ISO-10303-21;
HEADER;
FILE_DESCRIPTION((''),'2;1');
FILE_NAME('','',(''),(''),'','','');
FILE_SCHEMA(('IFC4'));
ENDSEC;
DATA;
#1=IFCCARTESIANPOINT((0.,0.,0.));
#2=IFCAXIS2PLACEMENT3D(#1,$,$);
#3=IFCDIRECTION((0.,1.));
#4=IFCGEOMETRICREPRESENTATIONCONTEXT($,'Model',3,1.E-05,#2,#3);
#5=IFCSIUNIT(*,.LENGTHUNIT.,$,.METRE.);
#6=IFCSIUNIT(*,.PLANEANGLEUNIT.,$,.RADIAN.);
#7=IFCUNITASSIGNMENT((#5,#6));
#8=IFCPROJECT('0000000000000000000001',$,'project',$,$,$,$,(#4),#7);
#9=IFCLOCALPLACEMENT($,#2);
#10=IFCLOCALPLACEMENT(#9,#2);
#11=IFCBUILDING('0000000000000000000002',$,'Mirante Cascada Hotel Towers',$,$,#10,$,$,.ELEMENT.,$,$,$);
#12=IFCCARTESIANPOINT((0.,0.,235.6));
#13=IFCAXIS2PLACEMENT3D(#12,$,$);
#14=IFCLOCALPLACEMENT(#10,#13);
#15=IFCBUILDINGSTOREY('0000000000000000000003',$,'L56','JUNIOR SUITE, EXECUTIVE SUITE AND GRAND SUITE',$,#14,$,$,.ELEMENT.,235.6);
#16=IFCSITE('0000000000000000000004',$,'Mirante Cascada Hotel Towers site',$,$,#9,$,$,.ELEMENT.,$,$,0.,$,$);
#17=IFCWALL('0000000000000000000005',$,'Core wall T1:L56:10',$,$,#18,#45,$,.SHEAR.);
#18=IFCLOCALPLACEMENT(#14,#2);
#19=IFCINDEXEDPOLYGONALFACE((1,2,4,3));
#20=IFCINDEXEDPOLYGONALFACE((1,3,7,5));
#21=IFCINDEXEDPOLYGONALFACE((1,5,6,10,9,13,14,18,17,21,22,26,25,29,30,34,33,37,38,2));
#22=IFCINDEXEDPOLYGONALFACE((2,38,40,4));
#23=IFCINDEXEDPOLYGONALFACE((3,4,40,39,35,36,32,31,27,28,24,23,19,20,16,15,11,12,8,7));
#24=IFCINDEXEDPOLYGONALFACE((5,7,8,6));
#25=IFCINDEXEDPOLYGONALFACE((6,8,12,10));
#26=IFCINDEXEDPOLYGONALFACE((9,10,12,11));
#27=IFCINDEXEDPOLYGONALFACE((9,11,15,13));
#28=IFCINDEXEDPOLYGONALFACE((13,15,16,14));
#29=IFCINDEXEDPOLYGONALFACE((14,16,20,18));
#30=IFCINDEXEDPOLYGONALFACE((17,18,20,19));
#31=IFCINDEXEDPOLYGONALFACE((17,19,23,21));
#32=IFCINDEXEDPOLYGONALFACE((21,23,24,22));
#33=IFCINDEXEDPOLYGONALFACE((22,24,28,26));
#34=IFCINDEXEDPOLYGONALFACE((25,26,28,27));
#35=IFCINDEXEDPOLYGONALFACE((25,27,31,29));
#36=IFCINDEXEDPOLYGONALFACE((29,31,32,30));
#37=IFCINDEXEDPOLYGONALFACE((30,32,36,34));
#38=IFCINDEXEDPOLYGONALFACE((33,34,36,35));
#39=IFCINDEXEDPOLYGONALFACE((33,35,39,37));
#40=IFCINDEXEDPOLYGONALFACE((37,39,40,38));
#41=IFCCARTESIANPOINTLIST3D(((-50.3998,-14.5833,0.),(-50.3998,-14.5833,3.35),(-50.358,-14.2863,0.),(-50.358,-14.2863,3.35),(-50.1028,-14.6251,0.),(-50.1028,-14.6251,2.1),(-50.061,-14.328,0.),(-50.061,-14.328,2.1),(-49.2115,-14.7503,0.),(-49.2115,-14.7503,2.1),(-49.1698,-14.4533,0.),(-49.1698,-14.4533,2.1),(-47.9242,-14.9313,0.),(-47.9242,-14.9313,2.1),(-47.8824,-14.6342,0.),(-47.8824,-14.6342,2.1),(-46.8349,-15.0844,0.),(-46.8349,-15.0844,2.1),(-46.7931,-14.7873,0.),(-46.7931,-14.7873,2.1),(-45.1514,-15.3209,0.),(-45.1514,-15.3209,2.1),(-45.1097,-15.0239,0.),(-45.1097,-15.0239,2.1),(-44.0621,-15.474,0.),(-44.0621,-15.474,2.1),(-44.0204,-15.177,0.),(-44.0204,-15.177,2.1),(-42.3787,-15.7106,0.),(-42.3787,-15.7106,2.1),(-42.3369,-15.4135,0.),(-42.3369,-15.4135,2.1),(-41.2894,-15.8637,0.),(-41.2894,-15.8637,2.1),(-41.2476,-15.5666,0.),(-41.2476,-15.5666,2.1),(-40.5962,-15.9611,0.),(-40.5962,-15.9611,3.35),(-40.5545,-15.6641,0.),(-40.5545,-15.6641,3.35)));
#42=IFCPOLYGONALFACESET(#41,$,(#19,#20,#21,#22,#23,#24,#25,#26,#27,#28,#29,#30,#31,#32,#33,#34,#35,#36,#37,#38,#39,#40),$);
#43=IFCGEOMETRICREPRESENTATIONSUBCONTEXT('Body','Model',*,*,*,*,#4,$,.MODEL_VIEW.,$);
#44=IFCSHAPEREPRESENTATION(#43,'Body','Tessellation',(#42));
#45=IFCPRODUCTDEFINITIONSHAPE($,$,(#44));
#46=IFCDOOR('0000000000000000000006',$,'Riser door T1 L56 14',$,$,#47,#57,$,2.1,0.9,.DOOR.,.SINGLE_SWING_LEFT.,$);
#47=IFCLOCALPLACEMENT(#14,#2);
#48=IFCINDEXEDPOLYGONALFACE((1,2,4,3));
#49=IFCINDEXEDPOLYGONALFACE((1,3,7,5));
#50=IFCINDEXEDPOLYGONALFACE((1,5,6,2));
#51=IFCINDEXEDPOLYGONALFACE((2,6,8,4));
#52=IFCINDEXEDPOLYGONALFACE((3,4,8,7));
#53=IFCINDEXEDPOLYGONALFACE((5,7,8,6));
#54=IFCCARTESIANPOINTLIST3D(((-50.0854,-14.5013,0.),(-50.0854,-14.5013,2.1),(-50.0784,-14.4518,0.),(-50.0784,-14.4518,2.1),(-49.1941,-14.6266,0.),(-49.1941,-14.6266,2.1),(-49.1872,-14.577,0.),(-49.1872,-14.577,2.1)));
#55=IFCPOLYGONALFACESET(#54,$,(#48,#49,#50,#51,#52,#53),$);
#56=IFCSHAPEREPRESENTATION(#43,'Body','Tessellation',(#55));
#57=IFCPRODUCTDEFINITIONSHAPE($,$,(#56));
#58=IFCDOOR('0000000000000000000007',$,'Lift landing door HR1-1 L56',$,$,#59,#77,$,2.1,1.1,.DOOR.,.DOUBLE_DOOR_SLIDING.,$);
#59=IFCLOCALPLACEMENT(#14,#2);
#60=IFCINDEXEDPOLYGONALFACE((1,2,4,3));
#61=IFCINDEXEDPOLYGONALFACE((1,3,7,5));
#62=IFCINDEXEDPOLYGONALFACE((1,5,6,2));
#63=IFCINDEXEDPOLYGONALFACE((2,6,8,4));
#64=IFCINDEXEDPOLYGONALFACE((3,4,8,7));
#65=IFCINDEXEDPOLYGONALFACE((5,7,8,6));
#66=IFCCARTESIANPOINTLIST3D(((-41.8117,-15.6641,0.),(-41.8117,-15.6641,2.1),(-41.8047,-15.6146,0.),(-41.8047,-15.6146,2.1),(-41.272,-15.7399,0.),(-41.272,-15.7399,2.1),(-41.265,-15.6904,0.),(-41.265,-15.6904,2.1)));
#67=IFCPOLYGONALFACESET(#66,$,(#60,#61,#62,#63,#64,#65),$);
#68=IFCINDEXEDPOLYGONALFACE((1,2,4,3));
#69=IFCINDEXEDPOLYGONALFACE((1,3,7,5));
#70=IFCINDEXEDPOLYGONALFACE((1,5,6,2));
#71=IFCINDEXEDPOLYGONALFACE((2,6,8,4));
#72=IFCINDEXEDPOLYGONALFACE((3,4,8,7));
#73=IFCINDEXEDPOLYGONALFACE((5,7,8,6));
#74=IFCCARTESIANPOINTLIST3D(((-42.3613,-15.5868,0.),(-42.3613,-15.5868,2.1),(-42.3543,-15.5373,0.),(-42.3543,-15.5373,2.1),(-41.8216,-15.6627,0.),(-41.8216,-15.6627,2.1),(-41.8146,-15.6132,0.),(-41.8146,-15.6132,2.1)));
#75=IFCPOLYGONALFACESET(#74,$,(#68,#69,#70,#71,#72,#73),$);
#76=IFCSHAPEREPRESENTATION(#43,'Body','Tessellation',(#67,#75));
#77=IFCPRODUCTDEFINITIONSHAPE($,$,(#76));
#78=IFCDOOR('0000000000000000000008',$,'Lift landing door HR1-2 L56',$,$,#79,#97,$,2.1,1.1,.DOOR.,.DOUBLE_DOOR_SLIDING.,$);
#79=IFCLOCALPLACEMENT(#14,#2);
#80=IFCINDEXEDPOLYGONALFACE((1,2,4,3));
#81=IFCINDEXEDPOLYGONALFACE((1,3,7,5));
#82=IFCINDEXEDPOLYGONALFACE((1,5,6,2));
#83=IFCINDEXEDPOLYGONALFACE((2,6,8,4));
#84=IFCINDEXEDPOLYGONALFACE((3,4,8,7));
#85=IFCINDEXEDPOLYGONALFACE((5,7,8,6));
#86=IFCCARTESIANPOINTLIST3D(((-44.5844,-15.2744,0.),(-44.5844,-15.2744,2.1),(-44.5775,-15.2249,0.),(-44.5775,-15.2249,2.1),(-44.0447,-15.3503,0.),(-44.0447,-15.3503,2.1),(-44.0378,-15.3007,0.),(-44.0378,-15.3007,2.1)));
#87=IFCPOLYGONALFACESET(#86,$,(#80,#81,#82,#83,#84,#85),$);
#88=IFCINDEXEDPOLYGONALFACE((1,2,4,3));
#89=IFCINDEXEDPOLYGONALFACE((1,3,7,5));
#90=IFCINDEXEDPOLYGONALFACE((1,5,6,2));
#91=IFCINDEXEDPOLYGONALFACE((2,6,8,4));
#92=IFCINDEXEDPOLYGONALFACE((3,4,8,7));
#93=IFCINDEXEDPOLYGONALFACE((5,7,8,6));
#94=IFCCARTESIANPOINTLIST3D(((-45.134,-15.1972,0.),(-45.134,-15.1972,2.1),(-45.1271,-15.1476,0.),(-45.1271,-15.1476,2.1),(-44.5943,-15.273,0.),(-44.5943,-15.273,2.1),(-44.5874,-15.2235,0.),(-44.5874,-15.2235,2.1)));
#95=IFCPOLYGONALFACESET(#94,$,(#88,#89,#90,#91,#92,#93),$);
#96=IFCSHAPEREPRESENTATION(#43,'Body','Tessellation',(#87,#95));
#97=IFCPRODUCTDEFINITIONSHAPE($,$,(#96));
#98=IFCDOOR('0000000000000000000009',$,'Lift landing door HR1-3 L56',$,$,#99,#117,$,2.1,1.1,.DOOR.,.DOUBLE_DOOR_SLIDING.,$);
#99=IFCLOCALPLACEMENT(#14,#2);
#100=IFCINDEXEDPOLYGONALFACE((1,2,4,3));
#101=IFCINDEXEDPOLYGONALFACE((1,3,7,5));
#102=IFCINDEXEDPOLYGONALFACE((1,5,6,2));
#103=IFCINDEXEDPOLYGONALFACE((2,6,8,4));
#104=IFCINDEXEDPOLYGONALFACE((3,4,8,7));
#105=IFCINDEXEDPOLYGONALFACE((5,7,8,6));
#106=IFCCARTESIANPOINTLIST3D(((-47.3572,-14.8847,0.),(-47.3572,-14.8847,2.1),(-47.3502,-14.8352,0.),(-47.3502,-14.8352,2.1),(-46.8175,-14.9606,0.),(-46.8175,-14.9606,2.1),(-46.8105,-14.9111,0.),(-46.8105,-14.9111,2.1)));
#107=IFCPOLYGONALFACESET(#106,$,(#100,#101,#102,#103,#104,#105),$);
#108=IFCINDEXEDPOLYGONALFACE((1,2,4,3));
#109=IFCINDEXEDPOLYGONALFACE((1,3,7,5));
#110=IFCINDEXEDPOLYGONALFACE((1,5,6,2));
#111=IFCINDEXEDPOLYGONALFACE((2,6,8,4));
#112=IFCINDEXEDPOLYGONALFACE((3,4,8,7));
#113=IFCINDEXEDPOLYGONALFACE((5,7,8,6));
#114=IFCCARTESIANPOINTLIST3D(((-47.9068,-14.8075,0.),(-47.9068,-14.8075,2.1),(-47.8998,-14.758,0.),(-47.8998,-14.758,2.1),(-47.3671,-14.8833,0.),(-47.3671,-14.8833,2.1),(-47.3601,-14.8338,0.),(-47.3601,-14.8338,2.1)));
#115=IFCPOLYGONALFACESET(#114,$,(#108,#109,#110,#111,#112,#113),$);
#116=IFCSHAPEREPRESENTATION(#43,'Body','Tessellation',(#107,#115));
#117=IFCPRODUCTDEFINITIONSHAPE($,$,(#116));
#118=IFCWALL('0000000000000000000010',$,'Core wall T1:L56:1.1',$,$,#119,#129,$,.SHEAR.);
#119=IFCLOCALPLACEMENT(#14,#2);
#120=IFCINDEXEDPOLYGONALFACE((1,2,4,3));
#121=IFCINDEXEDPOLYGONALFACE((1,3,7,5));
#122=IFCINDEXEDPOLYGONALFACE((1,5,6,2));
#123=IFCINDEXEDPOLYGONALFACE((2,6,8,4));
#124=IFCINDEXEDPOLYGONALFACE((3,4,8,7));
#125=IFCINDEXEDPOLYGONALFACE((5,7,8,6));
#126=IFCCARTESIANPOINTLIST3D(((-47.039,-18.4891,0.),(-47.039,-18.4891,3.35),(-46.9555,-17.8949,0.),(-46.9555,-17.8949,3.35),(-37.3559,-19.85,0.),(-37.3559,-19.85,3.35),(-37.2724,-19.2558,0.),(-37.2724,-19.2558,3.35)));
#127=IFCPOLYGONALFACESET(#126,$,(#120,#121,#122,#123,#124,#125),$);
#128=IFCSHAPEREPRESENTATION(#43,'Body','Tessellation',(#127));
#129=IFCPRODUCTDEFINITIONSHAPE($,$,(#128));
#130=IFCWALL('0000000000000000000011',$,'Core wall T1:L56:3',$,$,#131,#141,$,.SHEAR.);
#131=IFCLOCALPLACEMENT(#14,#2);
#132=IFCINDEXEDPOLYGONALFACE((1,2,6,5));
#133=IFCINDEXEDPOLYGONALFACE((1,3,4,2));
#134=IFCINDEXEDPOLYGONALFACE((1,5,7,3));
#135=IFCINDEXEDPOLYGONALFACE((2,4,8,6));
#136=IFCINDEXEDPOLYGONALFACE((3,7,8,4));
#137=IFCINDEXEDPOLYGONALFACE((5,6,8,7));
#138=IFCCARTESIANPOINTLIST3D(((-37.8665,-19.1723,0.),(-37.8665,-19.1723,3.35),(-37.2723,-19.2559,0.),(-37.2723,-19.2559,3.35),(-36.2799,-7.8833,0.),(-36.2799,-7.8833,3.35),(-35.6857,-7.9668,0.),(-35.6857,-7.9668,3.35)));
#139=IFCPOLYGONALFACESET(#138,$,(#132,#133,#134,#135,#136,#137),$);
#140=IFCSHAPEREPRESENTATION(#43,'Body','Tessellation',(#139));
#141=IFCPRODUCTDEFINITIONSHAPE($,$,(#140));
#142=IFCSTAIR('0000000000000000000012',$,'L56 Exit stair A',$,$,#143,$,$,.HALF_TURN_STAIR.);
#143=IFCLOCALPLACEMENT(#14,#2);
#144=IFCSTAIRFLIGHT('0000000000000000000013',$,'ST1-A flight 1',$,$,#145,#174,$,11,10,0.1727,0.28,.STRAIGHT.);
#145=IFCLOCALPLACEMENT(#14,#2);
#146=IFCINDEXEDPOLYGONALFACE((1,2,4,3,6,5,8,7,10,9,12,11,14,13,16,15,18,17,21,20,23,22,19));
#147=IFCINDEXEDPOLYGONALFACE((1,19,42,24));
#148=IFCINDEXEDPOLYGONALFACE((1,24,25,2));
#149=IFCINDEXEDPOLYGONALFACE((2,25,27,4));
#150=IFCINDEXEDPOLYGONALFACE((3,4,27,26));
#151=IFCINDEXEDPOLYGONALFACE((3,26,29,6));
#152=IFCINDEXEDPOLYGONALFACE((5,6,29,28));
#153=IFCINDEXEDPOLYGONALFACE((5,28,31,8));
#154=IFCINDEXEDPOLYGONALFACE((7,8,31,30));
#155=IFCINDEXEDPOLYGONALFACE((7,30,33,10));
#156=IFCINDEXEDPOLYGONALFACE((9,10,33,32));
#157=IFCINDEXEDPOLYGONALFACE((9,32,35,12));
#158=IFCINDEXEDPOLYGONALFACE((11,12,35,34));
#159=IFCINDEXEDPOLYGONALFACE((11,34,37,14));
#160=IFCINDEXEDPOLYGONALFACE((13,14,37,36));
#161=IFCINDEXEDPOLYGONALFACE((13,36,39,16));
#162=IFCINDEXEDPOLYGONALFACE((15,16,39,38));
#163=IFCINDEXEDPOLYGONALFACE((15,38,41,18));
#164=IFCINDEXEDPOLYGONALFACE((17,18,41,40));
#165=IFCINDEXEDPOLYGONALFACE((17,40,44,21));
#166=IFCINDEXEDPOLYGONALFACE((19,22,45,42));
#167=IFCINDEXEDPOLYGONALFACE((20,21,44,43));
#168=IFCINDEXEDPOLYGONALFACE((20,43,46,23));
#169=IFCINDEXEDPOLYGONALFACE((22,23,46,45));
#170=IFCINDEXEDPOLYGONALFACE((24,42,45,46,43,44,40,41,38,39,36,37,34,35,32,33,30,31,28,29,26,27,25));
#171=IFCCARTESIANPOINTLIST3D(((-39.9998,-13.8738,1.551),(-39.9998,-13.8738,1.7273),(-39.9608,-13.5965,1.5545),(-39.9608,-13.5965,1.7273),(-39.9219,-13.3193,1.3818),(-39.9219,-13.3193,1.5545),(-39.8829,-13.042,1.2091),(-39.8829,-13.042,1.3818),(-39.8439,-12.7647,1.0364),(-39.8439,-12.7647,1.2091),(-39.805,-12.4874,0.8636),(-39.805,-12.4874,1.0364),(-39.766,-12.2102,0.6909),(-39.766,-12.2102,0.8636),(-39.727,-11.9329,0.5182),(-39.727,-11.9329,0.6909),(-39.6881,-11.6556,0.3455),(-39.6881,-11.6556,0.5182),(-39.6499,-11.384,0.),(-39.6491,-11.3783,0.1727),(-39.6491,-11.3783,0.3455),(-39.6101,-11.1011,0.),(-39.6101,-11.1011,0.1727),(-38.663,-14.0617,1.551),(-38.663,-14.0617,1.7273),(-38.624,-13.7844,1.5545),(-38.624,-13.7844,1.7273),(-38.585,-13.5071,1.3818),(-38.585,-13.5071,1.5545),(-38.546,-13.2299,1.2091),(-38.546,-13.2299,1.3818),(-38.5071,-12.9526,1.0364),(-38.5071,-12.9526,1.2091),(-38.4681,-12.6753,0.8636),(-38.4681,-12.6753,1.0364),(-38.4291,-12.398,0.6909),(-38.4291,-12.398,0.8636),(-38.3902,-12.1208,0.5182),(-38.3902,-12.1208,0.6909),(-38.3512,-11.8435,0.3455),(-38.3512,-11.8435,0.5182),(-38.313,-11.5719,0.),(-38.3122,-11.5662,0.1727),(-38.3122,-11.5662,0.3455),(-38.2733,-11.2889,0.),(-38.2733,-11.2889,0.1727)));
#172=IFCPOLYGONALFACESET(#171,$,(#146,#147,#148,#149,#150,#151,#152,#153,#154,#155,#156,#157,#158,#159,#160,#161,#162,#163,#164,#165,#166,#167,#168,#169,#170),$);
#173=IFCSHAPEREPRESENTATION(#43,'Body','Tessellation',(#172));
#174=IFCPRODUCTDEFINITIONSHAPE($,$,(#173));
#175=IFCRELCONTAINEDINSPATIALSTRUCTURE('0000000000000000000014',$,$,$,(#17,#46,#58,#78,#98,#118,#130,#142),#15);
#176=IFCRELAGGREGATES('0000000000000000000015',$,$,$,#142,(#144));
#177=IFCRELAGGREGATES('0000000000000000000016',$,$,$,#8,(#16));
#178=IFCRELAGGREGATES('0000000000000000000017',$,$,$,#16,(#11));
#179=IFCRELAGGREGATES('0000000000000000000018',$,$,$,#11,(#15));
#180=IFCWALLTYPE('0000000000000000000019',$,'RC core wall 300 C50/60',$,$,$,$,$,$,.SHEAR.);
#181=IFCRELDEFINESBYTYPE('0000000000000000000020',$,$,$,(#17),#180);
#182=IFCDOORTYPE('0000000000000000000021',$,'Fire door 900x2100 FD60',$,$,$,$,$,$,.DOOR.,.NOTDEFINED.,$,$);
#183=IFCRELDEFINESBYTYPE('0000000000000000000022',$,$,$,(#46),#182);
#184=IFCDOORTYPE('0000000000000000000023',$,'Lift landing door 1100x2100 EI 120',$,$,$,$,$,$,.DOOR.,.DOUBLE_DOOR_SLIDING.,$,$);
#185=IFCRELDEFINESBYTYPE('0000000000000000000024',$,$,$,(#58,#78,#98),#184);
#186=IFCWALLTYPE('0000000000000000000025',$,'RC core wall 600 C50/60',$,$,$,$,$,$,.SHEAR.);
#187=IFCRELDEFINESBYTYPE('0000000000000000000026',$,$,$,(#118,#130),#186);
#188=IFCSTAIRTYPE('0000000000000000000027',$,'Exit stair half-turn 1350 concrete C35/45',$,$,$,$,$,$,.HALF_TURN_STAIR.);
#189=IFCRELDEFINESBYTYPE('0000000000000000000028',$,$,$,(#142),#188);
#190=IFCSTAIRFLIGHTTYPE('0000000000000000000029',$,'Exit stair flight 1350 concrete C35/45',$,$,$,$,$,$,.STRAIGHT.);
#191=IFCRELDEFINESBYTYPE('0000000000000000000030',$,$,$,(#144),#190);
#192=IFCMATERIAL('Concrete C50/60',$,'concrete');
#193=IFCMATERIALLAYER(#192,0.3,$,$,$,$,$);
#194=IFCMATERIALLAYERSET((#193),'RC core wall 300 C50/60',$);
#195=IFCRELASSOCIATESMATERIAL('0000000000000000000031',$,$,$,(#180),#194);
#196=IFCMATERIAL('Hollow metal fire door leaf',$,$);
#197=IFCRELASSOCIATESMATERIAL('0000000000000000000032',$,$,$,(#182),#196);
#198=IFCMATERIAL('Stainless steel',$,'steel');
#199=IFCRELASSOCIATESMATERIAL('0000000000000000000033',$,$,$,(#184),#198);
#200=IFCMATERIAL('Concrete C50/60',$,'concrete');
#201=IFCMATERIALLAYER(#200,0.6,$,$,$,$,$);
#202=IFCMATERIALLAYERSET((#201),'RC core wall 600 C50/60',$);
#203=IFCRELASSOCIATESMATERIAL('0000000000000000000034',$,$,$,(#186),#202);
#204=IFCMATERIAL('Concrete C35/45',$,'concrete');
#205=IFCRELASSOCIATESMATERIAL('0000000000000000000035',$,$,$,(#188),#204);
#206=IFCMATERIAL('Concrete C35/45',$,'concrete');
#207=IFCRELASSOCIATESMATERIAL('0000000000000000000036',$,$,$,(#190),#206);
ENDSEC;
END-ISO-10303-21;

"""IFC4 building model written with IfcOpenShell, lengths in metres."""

from ifc_helpers import new_model, si_unit, direction, frame, frame_2d, origin, place, context, subcontext, project, spatial, polyline, rectangle, outline, extrude, material, layer, layer_set, type_object, element, fill, aggregate, save


model = new_model("IFC4")

# Units and contexts
model_context = context("Model", 3, precision=1e-05, world=origin(), true_north=direction((0.0, 1.0)))
body_context = subcontext(model_context, "Body", "Model", "MODEL_VIEW")
ifc_project = project(units=[si_unit("LENGTHUNIT", "METRE"), si_unit("PLANEANGLEUNIT", "RADIAN")], contexts=[model_context])

# Site, building, storey
site_placement = place(None, origin())
site = spatial("IfcSite", under=ifc_project, at=site_placement, Name="Mirante Cascada Hotel Towers site", CompositionType="ELEMENT", RefElevation=0.0)
building_placement = place(site_placement, origin())
building = spatial("IfcBuilding", under=site, at=building_placement, Name="Mirante Cascada Hotel Towers", CompositionType="ELEMENT")
storey_placement = place(building_placement, frame((0.0, 0.0, 235.6)))
storey = spatial("IfcBuildingStorey", under=building, at=storey_placement, Name="L56", Description="JUNIOR SUITE, EXECUTIVE SUITE AND GRAND SUITE", CompositionType="ELEMENT", Elevation=235.6)

# Shared definitions
ifc_material_1 = material(Name="Concrete C50/60", Category="concrete")
ifc_layer_1 = layer(ifc_material_1, 0.3)
ifc_layer_set_1 = layer_set([ifc_layer_1], Name="RC core wall 300 C50/60")
wall_type_1 = type_object("IfcWallType", Name="RC core wall 300 C50/60", PredefinedType="SHEAR", material=ifc_layer_set_1)

# Wall, openings, doors
wall_1_placement = place(storey_placement, frame((-40.5753, -15.8126, 0.0), z_axis=(0.0, 0.0, 1.0), x_axis=(-0.990268, 0.139173, 0.0)))
wall_1 = element("IfcWall", 1, at=wall_1_placement, inside=storey, type_object=wall_type_1, Name="Core wall T1:L56:10", PredefinedType="SHEAR", context=body_context, shape_type="SweptSolid", body=[
    extrude(rectangle(XDim=9.8999, YDim=0.3, at=frame_2d((4.95, 0.0))), origin(), (0.0, 0.0, 1.0), 3.35),
])
opening_1_placement = place(wall_1_placement, frame((0.7, 0.0, 0.0)))
opening_1 = element("IfcOpeningElement", 2, at=opening_1_placement, cuts=wall_1, PredefinedType="OPENING", context=body_context, shape_type="SweptSolid", body=[
    extrude(rectangle(XDim=1.1, YDim=2.1, at=frame_2d((0.55, 1.05))), frame((0.0, 0.15, 0.0), z_axis=(0.0, -1.0, 0.0), x_axis=(1.0, 0.0, 0.0)), (0.0, 0.0, 1.0), 0.3),
])
opening_2_placement = place(wall_1_placement, frame((3.5, 0.0, 0.0)))
opening_2 = element("IfcOpeningElement", 3, at=opening_2_placement, cuts=wall_1, PredefinedType="OPENING", context=body_context, shape_type="SweptSolid", body=[
    extrude(rectangle(XDim=1.1, YDim=2.1, at=frame_2d((0.55, 1.05))), frame((0.0, 0.15, 0.0), z_axis=(0.0, -1.0, 0.0), x_axis=(1.0, 0.0, 0.0)), (0.0, 0.0, 1.0), 0.3),
])
opening_3_placement = place(wall_1_placement, frame((6.3, 0.0, 0.0)))
opening_3 = element("IfcOpeningElement", 4, at=opening_3_placement, cuts=wall_1, PredefinedType="OPENING", context=body_context, shape_type="SweptSolid", body=[
    extrude(rectangle(XDim=1.1, YDim=2.1, at=frame_2d((0.55, 1.05))), frame((0.0, 0.15, 0.0), z_axis=(0.0, -1.0, 0.0), x_axis=(1.0, 0.0, 0.0)), (0.0, 0.0, 1.0), 0.3),
])
opening_4_placement = place(wall_1_placement, frame((8.7, 0.0, 0.0)))
opening_4 = element("IfcOpeningElement", 5, at=opening_4_placement, cuts=wall_1, PredefinedType="OPENING", context=body_context, shape_type="SweptSolid", body=[
    extrude(rectangle(XDim=0.9, YDim=2.1, at=frame_2d((0.45, 1.05))), frame((0.0, 0.15, 0.0), z_axis=(0.0, -1.0, 0.0), x_axis=(1.0, 0.0, 0.0)), (0.0, 0.0, 1.0), 0.3),
])
ifc_material_2 = material(Name="Hollow metal fire door leaf")
door_type_1 = type_object("IfcDoorType", Name="Fire door 900x2100 FD60", OperationType="NOTDEFINED", PredefinedType="DOOR", material=ifc_material_2)
door_1_placement = place(opening_4_placement, origin())
door_1 = element("IfcDoor", 6, at=door_1_placement, inside=storey, type_object=door_type_1, Name="Riser door T1 L56 14", OperationType="SINGLE_SWING_LEFT", OverallHeight=2.1, OverallWidth=0.9, PredefinedType="DOOR", context=body_context, shape_type="SweptSolid", body=[
    extrude(rectangle(XDim=0.9, YDim=2.1, at=frame_2d((0.45, 1.05))), frame((0.0, 0.025, 0.0), z_axis=(0.0, -1.0, 0.0), x_axis=(1.0, 0.0, 0.0)), (0.0, 0.0, 1.0), 0.05),
])
fill(opening_4, door_1)
ifc_material_3 = material(Name="Stainless steel", Category="steel")
door_type_2 = type_object("IfcDoorType", Name="Lift landing door 1100x2100 EI 120", OperationType="DOUBLE_DOOR_SLIDING", PredefinedType="DOOR", material=ifc_material_3)
door_2_placement = place(opening_1_placement, origin())
door_2 = element("IfcDoor", 7, at=door_2_placement, inside=storey, type_object=door_type_2, Name="Lift landing door HR1-1 L56", OperationType="DOUBLE_DOOR_SLIDING", OverallHeight=2.1, OverallWidth=1.1, PredefinedType="DOOR", context=body_context, shape_type="SweptSolid", body=[
    extrude(rectangle(XDim=0.545, YDim=2.1, at=frame_2d((0.2725, 1.05))), frame((0.0, 0.025, 0.0), z_axis=(0.0, -1.0, 0.0), x_axis=(1.0, 0.0, 0.0)), (0.0, 0.0, 1.0), 0.05),
    extrude(rectangle(XDim=0.545, YDim=2.1, at=frame_2d((0.8275, 1.05))), frame((0.0, 0.025, 0.0), z_axis=(0.0, -1.0, 0.0), x_axis=(1.0, 0.0, 0.0)), (0.0, 0.0, 1.0), 0.05),
])
fill(opening_1, door_2)
door_3_placement = place(opening_2_placement, origin())
door_3 = element("IfcDoor", 8, at=door_3_placement, inside=storey, type_object=door_type_2, Name="Lift landing door HR1-2 L56", OperationType="DOUBLE_DOOR_SLIDING", OverallHeight=2.1, OverallWidth=1.1, PredefinedType="DOOR", context=body_context, shape_type="SweptSolid", body=[
    extrude(rectangle(XDim=0.545, YDim=2.1, at=frame_2d((0.2725, 1.05))), frame((0.0, 0.025, 0.0), z_axis=(0.0, -1.0, 0.0), x_axis=(1.0, 0.0, 0.0)), (0.0, 0.0, 1.0), 0.05),
    extrude(rectangle(XDim=0.545, YDim=2.1, at=frame_2d((0.8275, 1.05))), frame((0.0, 0.025, 0.0), z_axis=(0.0, -1.0, 0.0), x_axis=(1.0, 0.0, 0.0)), (0.0, 0.0, 1.0), 0.05),
])
fill(opening_2, door_3)
door_4_placement = place(opening_3_placement, origin())
door_4 = element("IfcDoor", 9, at=door_4_placement, inside=storey, type_object=door_type_2, Name="Lift landing door HR1-3 L56", OperationType="DOUBLE_DOOR_SLIDING", OverallHeight=2.1, OverallWidth=1.1, PredefinedType="DOOR", context=body_context, shape_type="SweptSolid", body=[
    extrude(rectangle(XDim=0.545, YDim=2.1, at=frame_2d((0.2725, 1.05))), frame((0.0, 0.025, 0.0), z_axis=(0.0, -1.0, 0.0), x_axis=(1.0, 0.0, 0.0)), (0.0, 0.0, 1.0), 0.05),
    extrude(rectangle(XDim=0.545, YDim=2.1, at=frame_2d((0.8275, 1.05))), frame((0.0, 0.025, 0.0), z_axis=(0.0, -1.0, 0.0), x_axis=(1.0, 0.0, 0.0)), (0.0, 0.0, 1.0), 0.05),
])
fill(opening_3, door_4)

# Walls
ifc_material_4 = material(Name="Concrete C50/60", Category="concrete")
ifc_layer_2 = layer(ifc_material_4, 0.6)
ifc_layer_set_2 = layer_set([ifc_layer_2], Name="RC core wall 600 C50/60")
wall_type_2 = type_object("IfcWallType", Name="RC core wall 600 C50/60", PredefinedType="SHEAR", material=ifc_layer_set_2)
wall_2_placement = place(storey_placement, frame((-37.3141, -19.5529, 0.0), z_axis=(0.0, 0.0, 1.0), x_axis=(-0.990268, 0.139176, 0.0)))
element("IfcWall", 10, at=wall_2_placement, inside=storey, type_object=wall_type_2, Name="Core wall T1:L56:1.1", PredefinedType="SHEAR", context=body_context, shape_type="SweptSolid", body=[
    extrude(rectangle(XDim=9.7783, YDim=0.6, at=frame_2d((4.8892, 0.0))), origin(), (0.0, 0.0, 1.0), 3.35),
])
wall_3_placement = place(storey_placement, frame((-37.5694, -19.2141, 0.0), z_axis=(0.0, 0.0, 1.0), x_axis=(0.139175, 0.990268, 0.0)))
element("IfcWall", 11, at=wall_3_placement, inside=storey, type_object=wall_type_2, Name="Core wall T1:L56:3", PredefinedType="SHEAR", context=body_context, shape_type="SweptSolid", body=[
    extrude(rectangle(XDim=11.4, YDim=0.6, at=frame_2d((5.7, 0.0))), origin(), (0.0, 0.0, 1.0), 3.35),
])

# Stair, stair flight
ifc_material_5 = material(Name="Concrete C35/45", Category="concrete")
stair_type = type_object("IfcStairType", Name="Exit stair half-turn 1350 concrete C35/45", PredefinedType="HALF_TURN_STAIR", material=ifc_material_5)
stair_placement = place(storey_placement, origin())
stair = element("IfcStair", 12, at=stair_placement, inside=storey, type_object=stair_type, Name="L56 Exit stair A", PredefinedType="HALF_TURN_STAIR")
ifc_material_6 = material(Name="Concrete C35/45", Category="concrete")
stair_flight_type = type_object("IfcStairFlightType", Name="Exit stair flight 1350 concrete C35/45", PredefinedType="STRAIGHT", material=ifc_material_6)
stair_flight_1_placement = place(storey_placement, frame((-38.9417, -11.195, 0.0), z_axis=(0.0, 0.0, 1.0), x_axis=(-0.139173, -0.990268, 0.0)))
stair_flight_1 = element("IfcStairFlight", 13, at=stair_flight_1_placement, type_object=stair_flight_type, Name="ST1-A flight 1", NumberOfRisers=11, NumberOfTreads=10, PredefinedType="STRAIGHT", RiserHeight=0.1727, TreadLength=0.28, context=body_context, shape_type="SweptSolid", body=[
    extrude(outline(polyline([(0.0, 0.0), (0.0, 0.1727), (0.28, 0.1727), (0.28, 0.3455), (0.56, 0.3455), (0.56, 0.5182), (0.84, 0.5182), (0.84, 0.6909), (1.12, 0.6909), (1.12, 0.8636), (1.4, 0.8636), (1.4, 1.0364), (1.68, 1.0364), (1.68, 1.2091), (1.96, 1.2091), (1.96, 1.3818), (2.24, 1.3818), (2.24, 1.5545), (2.52, 1.5545), (2.52, 1.7273), (2.8, 1.7273), (2.8, 1.9), (2.8, 1.551), (0.2857, 0.0), (0.0, 0.0)])), frame((0.0, 0.675, 0.0), z_axis=(0.0, -1.0, 0.0), x_axis=(1.0, 0.0, 0.0)), (0.0, 0.0, 1.0), 1.35),
])
aggregate(stair, [stair_flight_1])

save(model, "model.ifc")
